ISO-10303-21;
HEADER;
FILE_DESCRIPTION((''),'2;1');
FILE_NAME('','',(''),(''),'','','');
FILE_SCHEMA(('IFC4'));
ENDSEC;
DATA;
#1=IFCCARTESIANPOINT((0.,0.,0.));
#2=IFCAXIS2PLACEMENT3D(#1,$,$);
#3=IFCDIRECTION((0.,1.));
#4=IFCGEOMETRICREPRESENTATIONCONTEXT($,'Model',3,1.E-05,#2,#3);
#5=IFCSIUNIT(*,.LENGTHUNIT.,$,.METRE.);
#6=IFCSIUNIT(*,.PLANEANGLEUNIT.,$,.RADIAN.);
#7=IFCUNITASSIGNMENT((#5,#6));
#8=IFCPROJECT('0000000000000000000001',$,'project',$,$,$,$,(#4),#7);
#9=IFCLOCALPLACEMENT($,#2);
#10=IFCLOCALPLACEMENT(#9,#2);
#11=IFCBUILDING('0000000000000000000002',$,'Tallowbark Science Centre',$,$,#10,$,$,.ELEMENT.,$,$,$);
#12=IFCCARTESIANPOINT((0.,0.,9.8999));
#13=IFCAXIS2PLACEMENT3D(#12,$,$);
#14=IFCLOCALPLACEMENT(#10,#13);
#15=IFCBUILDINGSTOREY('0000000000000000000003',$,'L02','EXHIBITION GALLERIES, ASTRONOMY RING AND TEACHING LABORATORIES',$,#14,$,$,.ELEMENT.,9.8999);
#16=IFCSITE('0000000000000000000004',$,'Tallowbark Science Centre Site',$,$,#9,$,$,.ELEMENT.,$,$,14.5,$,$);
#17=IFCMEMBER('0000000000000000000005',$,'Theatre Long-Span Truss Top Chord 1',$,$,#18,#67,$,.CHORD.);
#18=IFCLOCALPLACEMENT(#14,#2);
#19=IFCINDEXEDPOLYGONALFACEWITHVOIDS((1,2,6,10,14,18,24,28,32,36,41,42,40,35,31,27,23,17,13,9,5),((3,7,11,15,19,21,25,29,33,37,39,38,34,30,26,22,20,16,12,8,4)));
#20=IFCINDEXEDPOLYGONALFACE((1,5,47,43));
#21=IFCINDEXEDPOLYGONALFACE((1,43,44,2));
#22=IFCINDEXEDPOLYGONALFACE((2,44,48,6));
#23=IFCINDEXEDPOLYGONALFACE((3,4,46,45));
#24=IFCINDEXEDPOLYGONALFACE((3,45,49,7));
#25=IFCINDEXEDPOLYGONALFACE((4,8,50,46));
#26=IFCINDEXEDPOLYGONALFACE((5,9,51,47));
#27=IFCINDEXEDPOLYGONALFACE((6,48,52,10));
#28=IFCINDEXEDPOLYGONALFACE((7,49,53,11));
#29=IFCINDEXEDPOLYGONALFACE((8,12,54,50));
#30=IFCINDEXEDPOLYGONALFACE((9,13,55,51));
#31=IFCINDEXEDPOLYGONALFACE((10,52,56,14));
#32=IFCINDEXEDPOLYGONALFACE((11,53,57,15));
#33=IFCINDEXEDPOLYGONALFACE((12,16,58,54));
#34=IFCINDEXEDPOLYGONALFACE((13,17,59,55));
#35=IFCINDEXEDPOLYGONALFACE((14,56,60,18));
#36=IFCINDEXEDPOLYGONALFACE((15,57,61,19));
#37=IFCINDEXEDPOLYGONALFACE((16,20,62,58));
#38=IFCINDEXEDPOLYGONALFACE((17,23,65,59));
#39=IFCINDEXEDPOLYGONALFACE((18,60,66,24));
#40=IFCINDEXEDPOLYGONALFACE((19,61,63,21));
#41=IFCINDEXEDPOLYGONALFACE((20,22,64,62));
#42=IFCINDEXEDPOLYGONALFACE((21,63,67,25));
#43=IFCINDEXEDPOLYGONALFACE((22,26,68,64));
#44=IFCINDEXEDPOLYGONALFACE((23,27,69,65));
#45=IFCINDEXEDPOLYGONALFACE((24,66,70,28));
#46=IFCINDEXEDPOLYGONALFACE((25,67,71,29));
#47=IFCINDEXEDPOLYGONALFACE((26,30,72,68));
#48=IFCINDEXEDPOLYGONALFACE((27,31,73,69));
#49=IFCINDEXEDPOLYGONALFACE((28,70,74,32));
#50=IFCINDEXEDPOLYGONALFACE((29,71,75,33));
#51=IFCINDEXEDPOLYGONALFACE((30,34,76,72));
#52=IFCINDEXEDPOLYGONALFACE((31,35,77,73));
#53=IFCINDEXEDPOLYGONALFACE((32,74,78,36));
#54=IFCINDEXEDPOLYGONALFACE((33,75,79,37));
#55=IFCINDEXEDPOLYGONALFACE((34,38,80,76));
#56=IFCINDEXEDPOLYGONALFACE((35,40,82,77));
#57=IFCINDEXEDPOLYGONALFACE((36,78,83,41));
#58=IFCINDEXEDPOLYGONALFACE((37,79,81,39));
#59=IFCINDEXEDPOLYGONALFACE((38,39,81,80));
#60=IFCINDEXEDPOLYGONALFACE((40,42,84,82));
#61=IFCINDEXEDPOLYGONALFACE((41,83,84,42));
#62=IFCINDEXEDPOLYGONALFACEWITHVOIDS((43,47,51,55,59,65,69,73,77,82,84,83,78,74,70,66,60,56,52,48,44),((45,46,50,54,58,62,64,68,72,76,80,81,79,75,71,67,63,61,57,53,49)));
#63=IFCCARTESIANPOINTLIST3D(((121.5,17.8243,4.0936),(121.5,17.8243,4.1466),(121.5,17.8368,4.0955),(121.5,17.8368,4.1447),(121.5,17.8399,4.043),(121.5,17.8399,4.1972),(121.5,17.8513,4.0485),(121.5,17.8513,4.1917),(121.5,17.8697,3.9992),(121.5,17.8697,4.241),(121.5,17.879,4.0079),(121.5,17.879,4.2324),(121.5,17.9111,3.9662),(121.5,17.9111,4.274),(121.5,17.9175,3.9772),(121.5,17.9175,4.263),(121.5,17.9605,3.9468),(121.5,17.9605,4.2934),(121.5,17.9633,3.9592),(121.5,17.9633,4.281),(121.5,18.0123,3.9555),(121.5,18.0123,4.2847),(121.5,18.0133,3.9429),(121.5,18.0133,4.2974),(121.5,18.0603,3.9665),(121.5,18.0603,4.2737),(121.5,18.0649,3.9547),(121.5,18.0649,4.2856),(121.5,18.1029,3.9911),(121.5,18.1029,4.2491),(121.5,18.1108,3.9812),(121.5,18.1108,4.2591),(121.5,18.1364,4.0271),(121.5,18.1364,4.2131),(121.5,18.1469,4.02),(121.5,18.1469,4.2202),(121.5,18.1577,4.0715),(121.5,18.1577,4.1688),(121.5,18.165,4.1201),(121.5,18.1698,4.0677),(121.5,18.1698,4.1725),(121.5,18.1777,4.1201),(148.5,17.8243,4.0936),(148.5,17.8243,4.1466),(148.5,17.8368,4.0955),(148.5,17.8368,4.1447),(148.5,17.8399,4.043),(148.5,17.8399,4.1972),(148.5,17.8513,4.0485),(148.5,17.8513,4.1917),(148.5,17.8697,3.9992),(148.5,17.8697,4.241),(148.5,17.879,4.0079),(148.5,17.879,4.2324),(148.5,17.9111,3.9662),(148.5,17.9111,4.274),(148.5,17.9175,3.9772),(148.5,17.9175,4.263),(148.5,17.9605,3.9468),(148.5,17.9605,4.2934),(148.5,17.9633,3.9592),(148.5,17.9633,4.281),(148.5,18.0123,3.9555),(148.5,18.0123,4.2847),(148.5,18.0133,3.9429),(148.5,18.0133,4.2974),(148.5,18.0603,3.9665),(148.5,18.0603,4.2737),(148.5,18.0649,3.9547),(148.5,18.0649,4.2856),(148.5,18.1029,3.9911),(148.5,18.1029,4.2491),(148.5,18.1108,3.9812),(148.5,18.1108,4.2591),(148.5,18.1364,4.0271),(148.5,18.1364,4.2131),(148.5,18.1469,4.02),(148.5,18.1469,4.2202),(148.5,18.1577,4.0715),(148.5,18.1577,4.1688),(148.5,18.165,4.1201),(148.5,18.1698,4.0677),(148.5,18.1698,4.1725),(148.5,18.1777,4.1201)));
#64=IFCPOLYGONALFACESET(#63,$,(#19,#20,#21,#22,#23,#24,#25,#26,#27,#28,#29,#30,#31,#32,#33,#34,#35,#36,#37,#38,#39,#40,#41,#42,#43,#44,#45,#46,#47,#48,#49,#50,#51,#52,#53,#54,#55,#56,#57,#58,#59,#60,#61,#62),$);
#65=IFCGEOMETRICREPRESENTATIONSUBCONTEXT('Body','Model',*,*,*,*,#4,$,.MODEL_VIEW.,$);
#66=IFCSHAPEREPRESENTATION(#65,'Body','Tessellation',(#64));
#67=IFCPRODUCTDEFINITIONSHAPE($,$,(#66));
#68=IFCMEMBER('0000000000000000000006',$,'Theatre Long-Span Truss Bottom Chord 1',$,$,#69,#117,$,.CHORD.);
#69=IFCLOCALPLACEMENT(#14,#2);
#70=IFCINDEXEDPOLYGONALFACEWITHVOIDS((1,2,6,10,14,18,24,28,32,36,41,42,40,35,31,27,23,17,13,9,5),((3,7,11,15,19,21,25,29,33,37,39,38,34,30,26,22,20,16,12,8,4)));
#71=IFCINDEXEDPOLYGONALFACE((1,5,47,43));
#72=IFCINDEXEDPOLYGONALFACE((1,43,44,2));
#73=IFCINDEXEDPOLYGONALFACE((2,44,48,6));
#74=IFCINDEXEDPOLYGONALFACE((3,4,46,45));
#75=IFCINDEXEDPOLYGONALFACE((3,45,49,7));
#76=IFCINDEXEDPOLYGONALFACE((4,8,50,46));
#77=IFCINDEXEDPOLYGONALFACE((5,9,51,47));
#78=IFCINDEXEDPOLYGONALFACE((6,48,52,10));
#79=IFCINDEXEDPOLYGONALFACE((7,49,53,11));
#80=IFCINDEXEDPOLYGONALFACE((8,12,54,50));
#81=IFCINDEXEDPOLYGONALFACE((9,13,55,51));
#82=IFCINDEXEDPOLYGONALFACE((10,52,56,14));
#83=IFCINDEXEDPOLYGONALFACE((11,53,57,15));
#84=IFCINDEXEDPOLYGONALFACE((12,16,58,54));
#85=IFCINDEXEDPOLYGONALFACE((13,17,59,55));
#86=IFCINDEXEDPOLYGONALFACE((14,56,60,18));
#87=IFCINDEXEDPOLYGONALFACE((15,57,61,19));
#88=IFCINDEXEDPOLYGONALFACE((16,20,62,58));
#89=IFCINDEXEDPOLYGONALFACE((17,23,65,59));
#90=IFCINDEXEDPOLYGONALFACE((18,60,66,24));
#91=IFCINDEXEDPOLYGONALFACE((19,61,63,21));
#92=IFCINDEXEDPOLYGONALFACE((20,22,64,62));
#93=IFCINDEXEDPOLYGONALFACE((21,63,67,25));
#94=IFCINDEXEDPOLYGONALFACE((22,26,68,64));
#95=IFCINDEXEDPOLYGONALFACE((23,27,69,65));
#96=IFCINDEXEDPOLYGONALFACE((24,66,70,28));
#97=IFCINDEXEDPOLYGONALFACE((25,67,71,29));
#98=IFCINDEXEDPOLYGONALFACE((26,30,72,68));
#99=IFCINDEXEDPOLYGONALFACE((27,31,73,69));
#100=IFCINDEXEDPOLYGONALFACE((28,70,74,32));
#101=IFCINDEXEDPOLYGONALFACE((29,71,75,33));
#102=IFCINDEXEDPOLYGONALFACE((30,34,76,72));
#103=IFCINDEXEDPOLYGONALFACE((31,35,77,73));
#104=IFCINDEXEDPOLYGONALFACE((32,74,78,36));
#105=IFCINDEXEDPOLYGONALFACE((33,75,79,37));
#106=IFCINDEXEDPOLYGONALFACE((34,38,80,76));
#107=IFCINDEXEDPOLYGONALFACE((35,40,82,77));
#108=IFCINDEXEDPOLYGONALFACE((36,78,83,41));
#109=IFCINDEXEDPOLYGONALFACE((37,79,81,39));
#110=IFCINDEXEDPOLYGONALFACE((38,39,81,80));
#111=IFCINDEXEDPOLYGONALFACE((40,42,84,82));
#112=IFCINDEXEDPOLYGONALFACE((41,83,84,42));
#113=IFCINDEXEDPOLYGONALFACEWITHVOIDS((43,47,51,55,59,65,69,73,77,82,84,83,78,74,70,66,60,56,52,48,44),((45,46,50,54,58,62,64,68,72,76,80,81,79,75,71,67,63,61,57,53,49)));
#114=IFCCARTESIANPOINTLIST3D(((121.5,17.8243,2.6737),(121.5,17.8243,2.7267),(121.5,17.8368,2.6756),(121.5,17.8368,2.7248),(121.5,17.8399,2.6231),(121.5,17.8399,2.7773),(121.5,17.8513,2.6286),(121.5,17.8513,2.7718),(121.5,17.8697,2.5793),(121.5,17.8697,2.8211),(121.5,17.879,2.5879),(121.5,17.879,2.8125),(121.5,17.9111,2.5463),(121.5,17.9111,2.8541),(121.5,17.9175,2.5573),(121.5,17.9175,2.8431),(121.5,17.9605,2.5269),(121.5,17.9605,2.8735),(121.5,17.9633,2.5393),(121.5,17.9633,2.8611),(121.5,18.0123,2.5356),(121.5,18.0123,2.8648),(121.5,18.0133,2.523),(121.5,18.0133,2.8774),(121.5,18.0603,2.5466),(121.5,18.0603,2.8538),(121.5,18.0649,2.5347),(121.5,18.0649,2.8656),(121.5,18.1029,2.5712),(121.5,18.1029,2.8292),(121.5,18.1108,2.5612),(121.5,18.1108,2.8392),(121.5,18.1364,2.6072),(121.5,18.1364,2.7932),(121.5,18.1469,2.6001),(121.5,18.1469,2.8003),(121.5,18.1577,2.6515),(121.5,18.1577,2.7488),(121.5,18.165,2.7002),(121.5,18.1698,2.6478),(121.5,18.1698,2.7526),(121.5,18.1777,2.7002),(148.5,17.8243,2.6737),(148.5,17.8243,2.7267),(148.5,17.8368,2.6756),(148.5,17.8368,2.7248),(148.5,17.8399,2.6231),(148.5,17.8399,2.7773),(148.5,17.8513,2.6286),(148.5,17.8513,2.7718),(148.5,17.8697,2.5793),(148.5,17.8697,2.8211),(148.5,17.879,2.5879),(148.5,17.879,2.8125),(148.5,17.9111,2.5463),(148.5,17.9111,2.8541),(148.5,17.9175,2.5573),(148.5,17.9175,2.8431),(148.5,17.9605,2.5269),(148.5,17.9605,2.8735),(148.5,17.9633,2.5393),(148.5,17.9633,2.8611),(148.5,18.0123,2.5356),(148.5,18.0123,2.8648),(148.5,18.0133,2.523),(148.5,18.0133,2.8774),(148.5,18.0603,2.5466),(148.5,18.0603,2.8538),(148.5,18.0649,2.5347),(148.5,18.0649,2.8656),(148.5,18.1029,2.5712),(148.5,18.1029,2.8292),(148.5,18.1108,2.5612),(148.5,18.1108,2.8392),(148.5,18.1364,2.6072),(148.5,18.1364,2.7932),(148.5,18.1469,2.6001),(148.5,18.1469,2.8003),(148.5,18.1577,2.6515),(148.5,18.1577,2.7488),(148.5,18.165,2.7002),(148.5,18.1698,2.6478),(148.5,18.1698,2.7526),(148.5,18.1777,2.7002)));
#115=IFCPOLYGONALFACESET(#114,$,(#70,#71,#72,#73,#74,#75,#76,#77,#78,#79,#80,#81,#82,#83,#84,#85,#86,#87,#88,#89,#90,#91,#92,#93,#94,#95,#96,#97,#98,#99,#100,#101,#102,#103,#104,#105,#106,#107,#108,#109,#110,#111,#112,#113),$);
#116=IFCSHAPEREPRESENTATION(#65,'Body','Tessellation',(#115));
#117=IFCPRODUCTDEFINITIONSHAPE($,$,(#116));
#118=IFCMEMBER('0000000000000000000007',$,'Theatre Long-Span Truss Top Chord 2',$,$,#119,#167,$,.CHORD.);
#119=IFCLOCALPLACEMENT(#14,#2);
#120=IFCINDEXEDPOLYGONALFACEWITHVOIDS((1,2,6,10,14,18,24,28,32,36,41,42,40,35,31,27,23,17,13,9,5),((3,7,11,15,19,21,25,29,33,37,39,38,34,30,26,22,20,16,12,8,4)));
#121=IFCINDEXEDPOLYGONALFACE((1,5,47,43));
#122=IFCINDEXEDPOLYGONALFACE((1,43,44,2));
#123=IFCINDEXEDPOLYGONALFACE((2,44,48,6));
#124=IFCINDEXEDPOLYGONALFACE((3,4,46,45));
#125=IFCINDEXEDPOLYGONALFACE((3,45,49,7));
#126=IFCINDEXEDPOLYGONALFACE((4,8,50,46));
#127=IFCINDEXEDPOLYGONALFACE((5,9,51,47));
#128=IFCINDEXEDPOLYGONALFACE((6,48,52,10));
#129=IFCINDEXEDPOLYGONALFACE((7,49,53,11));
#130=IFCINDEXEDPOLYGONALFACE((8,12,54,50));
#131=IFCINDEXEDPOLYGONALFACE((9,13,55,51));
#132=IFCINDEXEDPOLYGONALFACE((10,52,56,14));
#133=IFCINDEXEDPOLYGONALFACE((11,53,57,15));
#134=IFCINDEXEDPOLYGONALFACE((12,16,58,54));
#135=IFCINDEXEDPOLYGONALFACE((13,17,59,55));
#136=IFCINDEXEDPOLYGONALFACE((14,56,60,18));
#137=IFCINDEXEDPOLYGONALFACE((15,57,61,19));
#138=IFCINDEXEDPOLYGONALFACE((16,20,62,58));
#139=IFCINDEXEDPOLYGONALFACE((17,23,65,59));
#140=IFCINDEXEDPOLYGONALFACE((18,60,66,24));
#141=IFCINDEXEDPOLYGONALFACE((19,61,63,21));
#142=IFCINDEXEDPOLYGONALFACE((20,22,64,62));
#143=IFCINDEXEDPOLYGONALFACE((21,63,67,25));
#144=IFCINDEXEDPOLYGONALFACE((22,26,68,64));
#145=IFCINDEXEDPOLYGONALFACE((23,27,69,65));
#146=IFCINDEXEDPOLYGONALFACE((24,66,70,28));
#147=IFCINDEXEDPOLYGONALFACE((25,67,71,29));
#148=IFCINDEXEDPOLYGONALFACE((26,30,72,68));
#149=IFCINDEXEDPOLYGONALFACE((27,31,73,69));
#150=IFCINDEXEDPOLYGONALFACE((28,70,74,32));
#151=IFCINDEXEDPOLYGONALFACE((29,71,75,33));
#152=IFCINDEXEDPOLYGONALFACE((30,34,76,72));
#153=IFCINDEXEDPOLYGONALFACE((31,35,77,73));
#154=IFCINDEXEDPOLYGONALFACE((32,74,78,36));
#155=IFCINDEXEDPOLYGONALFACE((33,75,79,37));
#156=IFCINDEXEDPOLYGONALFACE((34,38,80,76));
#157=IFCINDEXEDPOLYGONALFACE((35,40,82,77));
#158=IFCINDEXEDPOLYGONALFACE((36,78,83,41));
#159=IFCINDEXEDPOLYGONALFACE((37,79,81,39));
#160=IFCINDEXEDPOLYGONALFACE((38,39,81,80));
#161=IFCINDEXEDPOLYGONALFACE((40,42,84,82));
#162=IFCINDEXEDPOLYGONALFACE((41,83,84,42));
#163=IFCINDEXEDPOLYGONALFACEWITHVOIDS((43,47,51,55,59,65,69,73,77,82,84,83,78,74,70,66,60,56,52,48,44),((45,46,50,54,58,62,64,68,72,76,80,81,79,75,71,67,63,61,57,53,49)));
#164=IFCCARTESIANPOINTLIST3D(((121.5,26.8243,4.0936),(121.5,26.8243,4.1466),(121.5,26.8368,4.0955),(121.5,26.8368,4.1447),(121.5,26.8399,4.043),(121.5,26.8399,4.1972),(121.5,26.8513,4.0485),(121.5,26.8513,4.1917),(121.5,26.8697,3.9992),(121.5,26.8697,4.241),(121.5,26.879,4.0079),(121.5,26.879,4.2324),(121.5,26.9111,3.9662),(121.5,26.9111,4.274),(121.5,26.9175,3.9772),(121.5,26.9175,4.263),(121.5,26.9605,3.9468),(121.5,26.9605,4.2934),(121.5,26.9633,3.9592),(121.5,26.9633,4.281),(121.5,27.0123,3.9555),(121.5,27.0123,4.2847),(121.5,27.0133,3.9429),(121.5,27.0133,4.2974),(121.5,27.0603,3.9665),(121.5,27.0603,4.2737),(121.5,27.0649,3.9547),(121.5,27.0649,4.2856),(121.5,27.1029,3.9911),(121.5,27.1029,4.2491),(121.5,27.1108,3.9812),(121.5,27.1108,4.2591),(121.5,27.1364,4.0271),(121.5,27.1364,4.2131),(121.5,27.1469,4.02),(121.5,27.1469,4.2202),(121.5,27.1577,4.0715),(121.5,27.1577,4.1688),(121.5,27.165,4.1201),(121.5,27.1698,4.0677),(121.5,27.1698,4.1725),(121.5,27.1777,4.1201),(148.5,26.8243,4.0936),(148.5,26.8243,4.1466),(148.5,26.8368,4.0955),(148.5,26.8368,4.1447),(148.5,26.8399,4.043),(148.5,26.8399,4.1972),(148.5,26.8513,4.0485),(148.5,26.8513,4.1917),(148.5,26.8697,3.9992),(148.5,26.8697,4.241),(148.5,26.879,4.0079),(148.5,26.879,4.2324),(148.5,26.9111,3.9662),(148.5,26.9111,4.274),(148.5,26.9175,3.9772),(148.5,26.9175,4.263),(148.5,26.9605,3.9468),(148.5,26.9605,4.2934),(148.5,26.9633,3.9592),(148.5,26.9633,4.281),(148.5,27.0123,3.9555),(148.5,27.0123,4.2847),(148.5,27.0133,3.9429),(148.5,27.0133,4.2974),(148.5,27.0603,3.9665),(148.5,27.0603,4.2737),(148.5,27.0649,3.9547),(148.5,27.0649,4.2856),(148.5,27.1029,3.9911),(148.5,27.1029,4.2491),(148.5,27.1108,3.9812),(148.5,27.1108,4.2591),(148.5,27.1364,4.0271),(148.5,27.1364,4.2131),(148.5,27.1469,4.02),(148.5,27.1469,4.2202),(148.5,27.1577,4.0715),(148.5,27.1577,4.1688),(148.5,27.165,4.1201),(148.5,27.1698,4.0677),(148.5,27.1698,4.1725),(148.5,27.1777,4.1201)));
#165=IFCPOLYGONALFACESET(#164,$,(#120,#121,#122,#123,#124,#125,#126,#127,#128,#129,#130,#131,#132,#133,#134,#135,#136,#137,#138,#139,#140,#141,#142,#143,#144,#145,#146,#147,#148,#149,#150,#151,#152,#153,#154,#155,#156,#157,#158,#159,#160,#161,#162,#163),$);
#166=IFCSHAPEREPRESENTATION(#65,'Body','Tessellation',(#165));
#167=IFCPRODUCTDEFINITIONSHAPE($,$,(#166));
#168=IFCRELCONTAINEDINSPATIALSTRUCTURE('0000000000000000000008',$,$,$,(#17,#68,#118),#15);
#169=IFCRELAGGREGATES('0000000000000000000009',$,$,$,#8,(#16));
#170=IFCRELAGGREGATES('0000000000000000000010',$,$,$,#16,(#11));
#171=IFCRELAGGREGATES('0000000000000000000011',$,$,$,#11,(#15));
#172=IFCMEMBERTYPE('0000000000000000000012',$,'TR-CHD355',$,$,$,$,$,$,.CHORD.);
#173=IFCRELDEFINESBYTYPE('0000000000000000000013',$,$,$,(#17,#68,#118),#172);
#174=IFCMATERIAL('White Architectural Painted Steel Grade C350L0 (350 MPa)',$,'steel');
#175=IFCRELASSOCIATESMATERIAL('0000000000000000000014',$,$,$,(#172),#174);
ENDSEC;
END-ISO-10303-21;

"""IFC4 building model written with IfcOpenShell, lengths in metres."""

from ifc_helpers import new_model, si_unit, direction, frame, origin, origin_2d, place, context, subcontext, project, spatial, hollow_circle, extrude, material, material_profile, profile_set, type_object, element, save


model = new_model("IFC4")

# Units and contexts
model_context = context("Model", 3, precision=1e-05, world=origin(), true_north=direction((0.0, 1.0)))
body_context = subcontext(model_context, "Body", "Model", "MODEL_VIEW")
ifc_project = project(units=[si_unit("LENGTHUNIT", "METRE"), si_unit("PLANEANGLEUNIT", "RADIAN")], contexts=[model_context])

# Site, building, storey
site_placement = place(None, origin())
site = spatial("IfcSite", under=ifc_project, at=site_placement, Name="Tallowbark Science Centre Site", CompositionType="ELEMENT", RefElevation=14.5)
building_placement = place(site_placement, origin())
building = spatial("IfcBuilding", under=site, at=building_placement, Name="Tallowbark Science Centre", CompositionType="ELEMENT")
storey_placement = place(building_placement, frame((0.0, 0.0, 9.8999)))
storey = spatial("IfcBuildingStorey", under=building, at=storey_placement, Name="L02", Description="EXHIBITION GALLERIES, ASTRONOMY RING AND TEACHING LABORATORIES", CompositionType="ELEMENT", Elevation=9.8999)

# Members
ifc_material_1 = material(Name="White Architectural Painted Steel Grade C350L0 (350 MPa)", Category="steel")
ifc_material_profile_1 = material_profile(ifc_material_1, hollow_circle(Radius=0.1777, WallThickness=0.0127, at=origin_2d()), Name="355.6x12.7CHS")
ifc_profile_set_1 = profile_set([ifc_material_profile_1], Name="White Architectural Painted Steel Grade C350L0 (350 MPa)")
member_type_1 = type_object("IfcMemberType", Name="TR-CHD355", PredefinedType="CHORD", material=ifc_profile_set_1)
for number, where, z_axis, x_axis, name in (
    (1, (121.5, 18.0, 4.1201), (1.0, 0.0, 0.0), (0.0, 1.0, 0.0), "Theatre Long-Span Truss Top Chord 1"),
    (2, (121.5, 18.0, 2.7002), (1.0, 0.0, 0.0), (0.0, 1.0, 0.0), "Theatre Long-Span Truss Bottom Chord 1"),
    (3, (121.5, 27.0, 4.1201), (1.0, 0.0, 0.0), (0.0, 1.0, 0.0), "Theatre Long-Span Truss Top Chord 2"),
):
    element("IfcMember", number, at=place(storey_placement, frame(where, z_axis=z_axis, x_axis=x_axis)), inside=storey, type_object=member_type_1, Name=name, PredefinedType="CHORD", context=body_context, shape_type="SweptSolid", body=[
        extrude(hollow_circle(Radius=0.1777, WallThickness=0.0127, at=origin_2d()), origin(), (0.0, 0.0, 1.0), 27.0),
    ])

save(model, "model.ifc")
